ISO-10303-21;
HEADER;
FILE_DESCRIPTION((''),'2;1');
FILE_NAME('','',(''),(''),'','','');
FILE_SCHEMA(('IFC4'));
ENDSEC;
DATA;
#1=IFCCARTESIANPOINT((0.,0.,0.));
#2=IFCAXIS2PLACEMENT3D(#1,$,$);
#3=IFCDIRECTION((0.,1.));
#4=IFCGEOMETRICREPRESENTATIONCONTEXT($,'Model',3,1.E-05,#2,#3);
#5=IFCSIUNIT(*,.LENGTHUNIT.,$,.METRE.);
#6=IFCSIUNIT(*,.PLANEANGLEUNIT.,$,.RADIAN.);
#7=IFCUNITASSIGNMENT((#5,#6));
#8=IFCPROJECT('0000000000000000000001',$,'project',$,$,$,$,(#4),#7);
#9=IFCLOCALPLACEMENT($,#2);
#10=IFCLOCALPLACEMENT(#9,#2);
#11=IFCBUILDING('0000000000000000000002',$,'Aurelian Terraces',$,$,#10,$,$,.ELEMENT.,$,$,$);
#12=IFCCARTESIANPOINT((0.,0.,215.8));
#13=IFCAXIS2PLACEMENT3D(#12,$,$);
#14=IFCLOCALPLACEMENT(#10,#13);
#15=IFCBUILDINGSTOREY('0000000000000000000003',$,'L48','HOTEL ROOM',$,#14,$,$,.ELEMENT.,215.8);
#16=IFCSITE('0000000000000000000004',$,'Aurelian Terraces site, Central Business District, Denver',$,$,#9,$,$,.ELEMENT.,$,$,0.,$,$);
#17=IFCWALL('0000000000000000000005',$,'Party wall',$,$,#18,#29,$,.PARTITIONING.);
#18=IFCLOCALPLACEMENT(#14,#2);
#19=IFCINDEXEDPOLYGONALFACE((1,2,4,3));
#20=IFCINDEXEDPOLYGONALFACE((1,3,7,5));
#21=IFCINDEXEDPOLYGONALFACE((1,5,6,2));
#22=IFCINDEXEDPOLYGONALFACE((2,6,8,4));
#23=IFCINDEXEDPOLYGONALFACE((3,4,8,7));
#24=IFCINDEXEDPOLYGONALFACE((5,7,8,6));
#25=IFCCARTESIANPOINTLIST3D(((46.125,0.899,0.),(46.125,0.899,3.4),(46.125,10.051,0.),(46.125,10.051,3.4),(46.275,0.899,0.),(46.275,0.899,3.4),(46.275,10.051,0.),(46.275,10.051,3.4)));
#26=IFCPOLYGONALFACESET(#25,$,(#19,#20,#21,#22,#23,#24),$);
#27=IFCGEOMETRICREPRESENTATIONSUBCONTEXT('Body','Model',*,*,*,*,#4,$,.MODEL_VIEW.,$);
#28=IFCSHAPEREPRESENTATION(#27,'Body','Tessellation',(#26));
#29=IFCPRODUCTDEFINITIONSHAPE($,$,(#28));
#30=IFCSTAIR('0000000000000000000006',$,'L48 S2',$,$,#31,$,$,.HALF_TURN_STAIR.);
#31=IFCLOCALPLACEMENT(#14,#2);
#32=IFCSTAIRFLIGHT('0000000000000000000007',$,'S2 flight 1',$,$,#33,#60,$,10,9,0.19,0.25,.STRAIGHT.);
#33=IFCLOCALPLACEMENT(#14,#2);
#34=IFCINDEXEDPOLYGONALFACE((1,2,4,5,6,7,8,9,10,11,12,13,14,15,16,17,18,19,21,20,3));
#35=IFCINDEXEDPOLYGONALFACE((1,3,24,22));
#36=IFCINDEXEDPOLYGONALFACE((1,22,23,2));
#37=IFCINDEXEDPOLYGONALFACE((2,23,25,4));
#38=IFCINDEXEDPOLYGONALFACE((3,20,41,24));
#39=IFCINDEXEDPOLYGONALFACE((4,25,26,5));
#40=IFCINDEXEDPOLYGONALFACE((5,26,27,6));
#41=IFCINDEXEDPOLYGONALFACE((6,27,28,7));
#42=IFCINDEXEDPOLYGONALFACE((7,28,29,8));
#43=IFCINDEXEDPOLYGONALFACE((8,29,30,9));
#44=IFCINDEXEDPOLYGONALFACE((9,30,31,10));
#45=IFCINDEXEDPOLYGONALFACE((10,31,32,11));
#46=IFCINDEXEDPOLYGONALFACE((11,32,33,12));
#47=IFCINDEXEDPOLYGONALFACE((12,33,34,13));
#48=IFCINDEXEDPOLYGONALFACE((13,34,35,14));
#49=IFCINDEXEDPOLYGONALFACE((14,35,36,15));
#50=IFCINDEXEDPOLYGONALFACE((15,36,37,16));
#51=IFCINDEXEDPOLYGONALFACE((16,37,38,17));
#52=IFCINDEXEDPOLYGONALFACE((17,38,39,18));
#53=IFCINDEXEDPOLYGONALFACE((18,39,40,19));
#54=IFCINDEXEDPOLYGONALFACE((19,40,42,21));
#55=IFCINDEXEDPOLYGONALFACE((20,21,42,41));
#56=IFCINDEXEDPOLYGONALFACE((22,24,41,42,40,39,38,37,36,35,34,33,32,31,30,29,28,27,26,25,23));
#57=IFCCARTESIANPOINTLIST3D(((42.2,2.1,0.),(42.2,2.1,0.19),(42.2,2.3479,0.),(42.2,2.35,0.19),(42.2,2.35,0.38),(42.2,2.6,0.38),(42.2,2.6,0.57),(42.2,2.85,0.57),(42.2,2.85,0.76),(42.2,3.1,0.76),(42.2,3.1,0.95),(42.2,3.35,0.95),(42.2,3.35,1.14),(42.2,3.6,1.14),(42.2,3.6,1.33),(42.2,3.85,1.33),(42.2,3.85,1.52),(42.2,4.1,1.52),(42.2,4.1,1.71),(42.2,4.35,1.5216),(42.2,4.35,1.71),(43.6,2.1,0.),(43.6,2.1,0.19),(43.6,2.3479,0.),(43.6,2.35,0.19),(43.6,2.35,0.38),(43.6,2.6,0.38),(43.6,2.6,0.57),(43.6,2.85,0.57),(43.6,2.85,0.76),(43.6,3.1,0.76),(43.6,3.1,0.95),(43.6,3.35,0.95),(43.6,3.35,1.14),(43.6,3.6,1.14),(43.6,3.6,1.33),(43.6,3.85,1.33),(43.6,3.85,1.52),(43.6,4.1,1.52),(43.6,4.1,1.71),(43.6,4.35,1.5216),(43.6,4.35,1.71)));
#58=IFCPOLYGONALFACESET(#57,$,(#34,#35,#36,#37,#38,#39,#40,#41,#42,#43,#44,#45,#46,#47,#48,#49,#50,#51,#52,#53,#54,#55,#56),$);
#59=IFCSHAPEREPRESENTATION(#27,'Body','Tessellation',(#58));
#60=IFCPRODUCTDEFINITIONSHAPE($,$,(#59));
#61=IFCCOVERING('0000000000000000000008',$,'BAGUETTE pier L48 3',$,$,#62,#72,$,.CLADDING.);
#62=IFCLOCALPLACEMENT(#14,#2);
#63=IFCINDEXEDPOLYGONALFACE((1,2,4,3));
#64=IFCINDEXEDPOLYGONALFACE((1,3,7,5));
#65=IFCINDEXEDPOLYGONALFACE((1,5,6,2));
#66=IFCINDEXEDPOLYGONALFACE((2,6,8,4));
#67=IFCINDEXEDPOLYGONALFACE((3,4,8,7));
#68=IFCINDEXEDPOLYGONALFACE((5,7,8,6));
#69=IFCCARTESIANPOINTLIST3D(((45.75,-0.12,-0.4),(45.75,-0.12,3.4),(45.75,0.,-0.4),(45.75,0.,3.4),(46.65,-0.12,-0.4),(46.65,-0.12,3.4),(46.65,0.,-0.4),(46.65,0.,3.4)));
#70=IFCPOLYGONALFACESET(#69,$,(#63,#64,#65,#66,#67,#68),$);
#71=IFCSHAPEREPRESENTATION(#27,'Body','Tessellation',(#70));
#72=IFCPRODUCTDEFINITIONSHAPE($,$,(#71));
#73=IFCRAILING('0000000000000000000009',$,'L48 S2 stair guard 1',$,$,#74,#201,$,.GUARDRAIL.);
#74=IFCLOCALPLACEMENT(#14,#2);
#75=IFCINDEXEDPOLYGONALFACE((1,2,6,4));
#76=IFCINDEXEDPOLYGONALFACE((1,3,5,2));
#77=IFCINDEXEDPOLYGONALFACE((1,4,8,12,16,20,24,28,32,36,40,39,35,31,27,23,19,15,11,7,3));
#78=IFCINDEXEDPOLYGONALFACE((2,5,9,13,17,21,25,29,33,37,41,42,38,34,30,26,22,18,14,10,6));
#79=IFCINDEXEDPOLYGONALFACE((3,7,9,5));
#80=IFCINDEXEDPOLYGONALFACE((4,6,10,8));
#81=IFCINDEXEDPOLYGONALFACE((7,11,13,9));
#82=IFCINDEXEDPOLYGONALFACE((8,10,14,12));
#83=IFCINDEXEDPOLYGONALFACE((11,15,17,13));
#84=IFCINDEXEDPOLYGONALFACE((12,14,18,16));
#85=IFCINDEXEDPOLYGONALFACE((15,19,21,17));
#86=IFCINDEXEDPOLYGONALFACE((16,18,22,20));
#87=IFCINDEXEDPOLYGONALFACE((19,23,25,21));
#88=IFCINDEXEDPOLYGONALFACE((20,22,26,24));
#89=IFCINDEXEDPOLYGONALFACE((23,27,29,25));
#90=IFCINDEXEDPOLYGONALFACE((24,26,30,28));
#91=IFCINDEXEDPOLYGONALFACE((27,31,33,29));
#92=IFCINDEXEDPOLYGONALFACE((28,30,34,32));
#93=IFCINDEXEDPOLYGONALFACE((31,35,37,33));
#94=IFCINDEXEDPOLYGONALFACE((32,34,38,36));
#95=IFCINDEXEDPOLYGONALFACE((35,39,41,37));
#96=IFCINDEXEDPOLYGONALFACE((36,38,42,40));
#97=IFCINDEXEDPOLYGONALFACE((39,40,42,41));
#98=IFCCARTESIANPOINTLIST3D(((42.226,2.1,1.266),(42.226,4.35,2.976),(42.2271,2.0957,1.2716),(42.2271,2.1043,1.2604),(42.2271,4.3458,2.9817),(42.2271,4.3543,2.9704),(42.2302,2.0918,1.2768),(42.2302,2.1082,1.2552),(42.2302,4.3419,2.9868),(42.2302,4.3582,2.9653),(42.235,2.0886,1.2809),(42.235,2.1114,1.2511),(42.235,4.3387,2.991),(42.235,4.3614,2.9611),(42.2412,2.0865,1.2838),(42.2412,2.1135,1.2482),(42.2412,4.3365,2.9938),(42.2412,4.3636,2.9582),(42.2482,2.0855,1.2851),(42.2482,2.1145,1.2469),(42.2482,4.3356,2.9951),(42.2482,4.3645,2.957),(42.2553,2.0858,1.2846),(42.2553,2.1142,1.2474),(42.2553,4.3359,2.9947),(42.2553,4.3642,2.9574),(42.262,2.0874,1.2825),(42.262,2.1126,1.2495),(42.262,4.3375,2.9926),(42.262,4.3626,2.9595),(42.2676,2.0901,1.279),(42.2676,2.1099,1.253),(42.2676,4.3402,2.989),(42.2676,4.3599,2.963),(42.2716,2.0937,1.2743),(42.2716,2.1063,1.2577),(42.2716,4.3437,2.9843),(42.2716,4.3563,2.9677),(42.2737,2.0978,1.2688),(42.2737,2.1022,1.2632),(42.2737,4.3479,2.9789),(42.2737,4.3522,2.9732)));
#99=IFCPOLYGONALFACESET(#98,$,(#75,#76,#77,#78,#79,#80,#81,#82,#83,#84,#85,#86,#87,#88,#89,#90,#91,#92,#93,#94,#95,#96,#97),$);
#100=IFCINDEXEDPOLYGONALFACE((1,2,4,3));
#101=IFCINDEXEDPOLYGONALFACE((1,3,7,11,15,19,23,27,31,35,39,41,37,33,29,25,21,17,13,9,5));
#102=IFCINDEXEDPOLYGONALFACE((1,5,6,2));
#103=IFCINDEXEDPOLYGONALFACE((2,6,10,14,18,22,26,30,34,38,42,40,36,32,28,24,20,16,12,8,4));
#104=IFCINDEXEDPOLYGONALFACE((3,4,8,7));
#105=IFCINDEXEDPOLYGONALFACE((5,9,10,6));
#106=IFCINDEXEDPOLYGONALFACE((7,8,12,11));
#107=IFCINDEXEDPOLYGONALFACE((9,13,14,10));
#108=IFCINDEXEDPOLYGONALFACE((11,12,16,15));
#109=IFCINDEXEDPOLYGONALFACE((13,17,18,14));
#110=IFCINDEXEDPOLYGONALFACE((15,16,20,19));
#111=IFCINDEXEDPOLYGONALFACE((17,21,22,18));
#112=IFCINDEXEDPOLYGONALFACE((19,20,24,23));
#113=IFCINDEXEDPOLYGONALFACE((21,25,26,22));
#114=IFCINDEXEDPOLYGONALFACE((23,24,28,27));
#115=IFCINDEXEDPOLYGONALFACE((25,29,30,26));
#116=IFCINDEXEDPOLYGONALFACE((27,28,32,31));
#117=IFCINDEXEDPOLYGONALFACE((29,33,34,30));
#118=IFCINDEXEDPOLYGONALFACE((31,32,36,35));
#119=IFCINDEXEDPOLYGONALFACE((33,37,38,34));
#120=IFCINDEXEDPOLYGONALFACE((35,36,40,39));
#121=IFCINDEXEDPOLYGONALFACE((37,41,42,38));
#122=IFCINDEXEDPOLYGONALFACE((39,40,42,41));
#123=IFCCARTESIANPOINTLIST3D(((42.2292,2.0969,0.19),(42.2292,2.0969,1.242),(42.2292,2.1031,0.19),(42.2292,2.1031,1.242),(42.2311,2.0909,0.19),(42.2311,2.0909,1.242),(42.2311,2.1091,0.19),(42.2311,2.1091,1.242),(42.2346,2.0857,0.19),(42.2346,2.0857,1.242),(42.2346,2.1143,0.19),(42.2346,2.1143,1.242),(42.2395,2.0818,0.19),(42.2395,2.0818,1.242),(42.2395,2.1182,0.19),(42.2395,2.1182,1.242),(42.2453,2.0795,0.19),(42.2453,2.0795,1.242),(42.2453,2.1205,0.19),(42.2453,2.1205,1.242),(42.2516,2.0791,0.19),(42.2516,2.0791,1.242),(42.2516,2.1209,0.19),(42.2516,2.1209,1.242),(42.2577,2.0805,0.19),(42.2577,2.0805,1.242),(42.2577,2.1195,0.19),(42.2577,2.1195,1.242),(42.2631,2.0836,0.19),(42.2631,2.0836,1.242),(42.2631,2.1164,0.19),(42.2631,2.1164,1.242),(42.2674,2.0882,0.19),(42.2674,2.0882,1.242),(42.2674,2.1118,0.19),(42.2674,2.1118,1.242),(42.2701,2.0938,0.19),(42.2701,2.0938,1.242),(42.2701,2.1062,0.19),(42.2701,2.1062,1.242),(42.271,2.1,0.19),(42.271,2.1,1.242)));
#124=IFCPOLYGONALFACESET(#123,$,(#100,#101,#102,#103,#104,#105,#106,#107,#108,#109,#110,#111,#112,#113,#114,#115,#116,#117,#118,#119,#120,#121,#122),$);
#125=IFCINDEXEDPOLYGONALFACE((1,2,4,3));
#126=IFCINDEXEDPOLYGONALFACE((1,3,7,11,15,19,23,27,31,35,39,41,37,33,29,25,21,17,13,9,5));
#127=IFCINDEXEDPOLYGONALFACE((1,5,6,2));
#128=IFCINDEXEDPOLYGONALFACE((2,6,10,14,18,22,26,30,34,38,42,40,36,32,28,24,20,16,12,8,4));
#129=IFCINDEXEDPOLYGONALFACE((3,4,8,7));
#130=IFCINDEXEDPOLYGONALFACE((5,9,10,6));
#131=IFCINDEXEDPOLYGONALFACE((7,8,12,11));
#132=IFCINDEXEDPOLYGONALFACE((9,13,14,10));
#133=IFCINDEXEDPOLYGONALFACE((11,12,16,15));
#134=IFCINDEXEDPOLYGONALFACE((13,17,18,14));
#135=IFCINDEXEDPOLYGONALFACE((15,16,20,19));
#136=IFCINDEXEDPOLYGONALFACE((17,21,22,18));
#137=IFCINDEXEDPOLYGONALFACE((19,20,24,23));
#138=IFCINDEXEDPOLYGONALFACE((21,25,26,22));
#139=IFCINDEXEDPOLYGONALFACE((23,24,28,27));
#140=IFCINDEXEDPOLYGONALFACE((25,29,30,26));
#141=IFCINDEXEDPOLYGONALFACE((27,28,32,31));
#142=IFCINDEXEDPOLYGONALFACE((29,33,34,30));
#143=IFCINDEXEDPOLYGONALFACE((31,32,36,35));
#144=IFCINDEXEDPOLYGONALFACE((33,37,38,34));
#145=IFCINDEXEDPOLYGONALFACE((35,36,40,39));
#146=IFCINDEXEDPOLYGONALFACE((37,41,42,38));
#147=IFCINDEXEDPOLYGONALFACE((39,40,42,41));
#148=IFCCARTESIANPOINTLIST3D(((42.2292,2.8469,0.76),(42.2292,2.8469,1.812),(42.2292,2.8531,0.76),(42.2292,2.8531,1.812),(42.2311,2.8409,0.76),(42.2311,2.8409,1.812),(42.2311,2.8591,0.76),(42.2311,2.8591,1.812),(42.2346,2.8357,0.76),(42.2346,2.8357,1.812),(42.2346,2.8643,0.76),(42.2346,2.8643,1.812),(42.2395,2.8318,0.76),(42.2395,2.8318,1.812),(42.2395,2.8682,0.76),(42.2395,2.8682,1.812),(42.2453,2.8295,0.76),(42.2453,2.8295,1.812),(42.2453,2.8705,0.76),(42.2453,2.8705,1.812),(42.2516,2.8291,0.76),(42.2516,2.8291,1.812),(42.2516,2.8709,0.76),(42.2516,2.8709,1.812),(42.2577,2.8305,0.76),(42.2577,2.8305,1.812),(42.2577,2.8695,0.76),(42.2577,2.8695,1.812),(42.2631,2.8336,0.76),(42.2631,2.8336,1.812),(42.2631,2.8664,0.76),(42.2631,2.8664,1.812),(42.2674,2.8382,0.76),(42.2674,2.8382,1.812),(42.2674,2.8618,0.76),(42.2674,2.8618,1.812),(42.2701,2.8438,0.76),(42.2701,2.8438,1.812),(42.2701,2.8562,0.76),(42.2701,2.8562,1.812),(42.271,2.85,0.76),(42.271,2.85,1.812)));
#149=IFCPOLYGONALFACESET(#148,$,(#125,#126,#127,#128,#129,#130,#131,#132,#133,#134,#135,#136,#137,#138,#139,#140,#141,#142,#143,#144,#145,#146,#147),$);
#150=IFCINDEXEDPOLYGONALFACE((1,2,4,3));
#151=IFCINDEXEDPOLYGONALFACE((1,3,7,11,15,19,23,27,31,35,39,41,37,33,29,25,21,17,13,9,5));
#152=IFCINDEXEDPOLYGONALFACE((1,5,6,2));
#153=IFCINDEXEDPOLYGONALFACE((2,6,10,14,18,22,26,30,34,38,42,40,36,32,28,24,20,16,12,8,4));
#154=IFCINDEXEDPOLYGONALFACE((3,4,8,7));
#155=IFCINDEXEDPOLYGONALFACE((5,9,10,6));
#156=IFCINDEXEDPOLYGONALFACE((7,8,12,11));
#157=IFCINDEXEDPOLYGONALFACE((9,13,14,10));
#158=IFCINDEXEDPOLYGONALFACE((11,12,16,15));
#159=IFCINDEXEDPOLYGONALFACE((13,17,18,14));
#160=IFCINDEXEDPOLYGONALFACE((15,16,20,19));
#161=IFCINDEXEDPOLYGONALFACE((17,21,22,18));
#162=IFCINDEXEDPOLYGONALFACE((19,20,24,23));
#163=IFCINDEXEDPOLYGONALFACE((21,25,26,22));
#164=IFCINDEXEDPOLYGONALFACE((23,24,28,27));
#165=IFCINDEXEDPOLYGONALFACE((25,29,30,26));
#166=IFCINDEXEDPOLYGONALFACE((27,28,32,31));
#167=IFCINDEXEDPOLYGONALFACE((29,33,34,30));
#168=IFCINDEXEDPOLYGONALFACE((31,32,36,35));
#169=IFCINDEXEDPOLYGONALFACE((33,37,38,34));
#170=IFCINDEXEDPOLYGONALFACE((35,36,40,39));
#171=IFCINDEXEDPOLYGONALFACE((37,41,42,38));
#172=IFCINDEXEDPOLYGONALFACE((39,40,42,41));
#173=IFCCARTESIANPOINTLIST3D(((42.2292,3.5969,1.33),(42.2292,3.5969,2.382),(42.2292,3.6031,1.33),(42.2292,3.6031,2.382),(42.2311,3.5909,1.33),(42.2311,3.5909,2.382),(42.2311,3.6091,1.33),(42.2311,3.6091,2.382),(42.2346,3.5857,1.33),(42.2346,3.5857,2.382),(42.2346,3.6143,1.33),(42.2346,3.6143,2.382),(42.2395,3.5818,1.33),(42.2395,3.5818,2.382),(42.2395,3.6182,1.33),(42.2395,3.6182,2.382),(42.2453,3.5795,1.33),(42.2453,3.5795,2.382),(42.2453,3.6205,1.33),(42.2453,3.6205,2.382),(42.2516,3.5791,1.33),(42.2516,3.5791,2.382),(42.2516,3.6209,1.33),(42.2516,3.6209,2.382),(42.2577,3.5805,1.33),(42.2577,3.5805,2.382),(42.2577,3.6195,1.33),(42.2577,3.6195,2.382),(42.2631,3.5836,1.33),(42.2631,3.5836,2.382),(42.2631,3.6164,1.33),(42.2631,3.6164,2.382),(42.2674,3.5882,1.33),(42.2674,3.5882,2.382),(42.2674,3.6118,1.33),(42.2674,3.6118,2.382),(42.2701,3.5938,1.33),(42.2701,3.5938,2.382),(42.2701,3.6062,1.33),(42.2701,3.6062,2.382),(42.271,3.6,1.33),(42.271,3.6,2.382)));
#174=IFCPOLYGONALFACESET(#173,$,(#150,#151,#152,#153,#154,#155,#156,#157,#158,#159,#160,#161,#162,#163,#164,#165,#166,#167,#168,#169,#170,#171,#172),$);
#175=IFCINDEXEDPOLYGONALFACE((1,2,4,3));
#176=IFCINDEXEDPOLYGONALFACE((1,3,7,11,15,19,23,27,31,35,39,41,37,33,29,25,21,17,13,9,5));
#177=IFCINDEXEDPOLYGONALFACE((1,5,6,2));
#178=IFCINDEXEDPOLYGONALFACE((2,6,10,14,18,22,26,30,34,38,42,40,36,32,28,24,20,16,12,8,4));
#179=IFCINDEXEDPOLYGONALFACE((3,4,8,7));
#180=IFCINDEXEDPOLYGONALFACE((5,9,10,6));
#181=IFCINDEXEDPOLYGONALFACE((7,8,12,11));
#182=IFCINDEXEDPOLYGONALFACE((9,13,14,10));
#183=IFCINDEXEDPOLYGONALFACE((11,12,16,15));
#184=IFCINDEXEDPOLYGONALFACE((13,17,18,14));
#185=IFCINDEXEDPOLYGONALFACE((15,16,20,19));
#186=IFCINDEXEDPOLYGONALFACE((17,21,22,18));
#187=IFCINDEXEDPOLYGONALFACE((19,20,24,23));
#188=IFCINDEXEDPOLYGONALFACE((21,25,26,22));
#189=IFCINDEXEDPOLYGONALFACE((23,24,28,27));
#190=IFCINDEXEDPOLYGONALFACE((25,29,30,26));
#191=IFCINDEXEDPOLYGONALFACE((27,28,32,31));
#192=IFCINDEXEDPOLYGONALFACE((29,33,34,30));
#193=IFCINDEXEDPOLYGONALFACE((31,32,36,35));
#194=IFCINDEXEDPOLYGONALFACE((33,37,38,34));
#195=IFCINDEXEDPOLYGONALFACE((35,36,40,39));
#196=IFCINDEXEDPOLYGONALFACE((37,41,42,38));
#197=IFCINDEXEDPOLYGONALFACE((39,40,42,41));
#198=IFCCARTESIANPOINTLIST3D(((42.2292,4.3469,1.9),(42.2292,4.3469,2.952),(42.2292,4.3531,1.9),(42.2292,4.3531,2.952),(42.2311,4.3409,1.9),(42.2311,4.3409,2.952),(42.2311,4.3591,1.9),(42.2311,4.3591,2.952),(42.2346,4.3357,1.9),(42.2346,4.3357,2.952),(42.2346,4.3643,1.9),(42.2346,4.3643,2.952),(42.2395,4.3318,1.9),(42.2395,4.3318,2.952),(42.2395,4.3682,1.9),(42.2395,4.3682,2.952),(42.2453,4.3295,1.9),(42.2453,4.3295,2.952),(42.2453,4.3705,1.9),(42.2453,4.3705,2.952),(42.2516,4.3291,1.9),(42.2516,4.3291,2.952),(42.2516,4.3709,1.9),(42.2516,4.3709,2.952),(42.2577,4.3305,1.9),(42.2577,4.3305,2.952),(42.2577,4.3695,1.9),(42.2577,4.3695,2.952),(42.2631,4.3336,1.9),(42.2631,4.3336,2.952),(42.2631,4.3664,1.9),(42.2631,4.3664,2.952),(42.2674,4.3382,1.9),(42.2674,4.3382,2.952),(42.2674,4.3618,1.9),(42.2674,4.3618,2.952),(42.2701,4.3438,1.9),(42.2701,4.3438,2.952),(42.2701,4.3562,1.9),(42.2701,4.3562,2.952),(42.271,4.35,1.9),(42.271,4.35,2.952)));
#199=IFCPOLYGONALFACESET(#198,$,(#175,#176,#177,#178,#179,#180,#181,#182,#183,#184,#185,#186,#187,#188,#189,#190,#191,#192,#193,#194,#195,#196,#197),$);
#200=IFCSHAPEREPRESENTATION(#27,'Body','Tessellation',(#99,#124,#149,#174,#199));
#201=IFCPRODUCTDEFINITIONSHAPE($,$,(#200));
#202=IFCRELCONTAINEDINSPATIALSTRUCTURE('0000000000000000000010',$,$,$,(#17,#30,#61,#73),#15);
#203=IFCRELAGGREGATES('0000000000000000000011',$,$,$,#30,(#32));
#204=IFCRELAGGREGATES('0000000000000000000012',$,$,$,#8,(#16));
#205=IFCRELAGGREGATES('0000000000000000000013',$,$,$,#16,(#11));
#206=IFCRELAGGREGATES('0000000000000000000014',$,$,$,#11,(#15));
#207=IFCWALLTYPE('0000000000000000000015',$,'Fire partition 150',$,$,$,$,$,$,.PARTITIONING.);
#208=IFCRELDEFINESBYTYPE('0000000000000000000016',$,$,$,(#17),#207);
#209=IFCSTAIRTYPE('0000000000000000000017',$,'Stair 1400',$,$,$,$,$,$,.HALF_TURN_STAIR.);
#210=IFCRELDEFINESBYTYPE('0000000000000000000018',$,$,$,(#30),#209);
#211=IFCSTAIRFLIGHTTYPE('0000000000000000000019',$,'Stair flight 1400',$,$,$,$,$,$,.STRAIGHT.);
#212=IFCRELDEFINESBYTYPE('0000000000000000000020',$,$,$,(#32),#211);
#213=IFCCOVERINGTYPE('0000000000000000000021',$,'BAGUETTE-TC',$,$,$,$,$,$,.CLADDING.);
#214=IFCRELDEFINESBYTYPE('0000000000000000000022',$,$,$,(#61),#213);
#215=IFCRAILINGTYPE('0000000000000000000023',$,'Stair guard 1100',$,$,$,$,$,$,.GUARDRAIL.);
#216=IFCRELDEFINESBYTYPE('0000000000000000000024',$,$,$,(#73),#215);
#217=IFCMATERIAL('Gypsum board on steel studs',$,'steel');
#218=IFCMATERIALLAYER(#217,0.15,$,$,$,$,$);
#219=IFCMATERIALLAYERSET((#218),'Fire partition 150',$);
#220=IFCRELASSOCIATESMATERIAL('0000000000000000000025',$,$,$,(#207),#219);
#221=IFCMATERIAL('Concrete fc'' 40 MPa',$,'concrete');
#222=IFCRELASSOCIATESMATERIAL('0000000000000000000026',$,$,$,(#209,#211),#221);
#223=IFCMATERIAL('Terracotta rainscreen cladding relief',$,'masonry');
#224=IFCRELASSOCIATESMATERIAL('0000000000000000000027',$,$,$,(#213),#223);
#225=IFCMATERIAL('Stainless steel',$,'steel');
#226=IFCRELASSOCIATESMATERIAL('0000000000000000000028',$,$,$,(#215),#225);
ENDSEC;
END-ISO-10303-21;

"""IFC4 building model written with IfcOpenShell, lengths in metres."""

from ifc_helpers import new_model, si_unit, direction, frame, frame_2d, origin, origin_2d, place, context, subcontext, project, spatial, polyline, rectangle, circle, outline, extrude, source, transform, mapped, material, layer, layer_set, type_object, element, aggregate, save


model = new_model("IFC4")

# Units and contexts
model_context = context("Model", 3, precision=1e-05, world=origin(), true_north=direction((0.0, 1.0)))
body_context = subcontext(model_context, "Body", "Model", "MODEL_VIEW")
ifc_project = project(units=[si_unit("LENGTHUNIT", "METRE"), si_unit("PLANEANGLEUNIT", "RADIAN")], contexts=[model_context])

# Site, building, storey
site_placement = place(None, origin())
site = spatial("IfcSite", under=ifc_project, at=site_placement, Name="Aurelian Terraces site, Central Business District, Denver", CompositionType="ELEMENT", RefElevation=0.0)
building_placement = place(site_placement, origin())
building = spatial("IfcBuilding", under=site, at=building_placement, Name="Aurelian Terraces", CompositionType="ELEMENT")
storey_placement = place(building_placement, frame((0.0, 0.0, 215.8)))
storey = spatial("IfcBuildingStorey", under=building, at=storey_placement, Name="L48", Description="HOTEL ROOM", CompositionType="ELEMENT", Elevation=215.8)

# Shared definitions
ifc_material_1 = material(Name="Concrete fc' 40 MPa", Category="concrete")

# Wall
ifc_material_2 = material(Name="Gypsum board on steel studs", Category="steel")
ifc_layer_1 = layer(ifc_material_2, 0.15)
ifc_layer_set_1 = layer_set([ifc_layer_1], Name="Fire partition 150")
wall_type_1 = type_object("IfcWallType", Name="Fire partition 150", PredefinedType="PARTITIONING", material=ifc_layer_set_1)
shared_shape_1 = source(origin(), body_context, "Body", "SweptSolid", [
    extrude(rectangle(XDim=9.152, YDim=0.15, at=frame_2d((4.576, 0.0))), origin(), (0.0, 0.0, 1.0), 3.4),
])
wall_1_placement = place(storey_placement, frame((46.2, 0.899, 0.0), z_axis=(0.0, 0.0, 1.0), x_axis=(0.0, 1.0, 0.0)))
element("IfcWall", 1, at=wall_1_placement, inside=storey, type_object=wall_type_1, Name="Party wall", PredefinedType="PARTITIONING", context=body_context, shape_type="MappedRepresentation", body=[
    mapped(shared_shape_1, transform((0.0, 0.0, 0.0), scale=1.0)),
])

# Stair, stair flight
stair_type = type_object("IfcStairType", Name="Stair 1400", PredefinedType="HALF_TURN_STAIR", material=ifc_material_1)
stair_placement = place(storey_placement, origin())
stair = element("IfcStair", 2, at=stair_placement, inside=storey, type_object=stair_type, Name="L48 S2", PredefinedType="HALF_TURN_STAIR")
stair_flight_type = type_object("IfcStairFlightType", Name="Stair flight 1400", PredefinedType="STRAIGHT", material=ifc_material_1)
shared_shape_2 = source(origin(), body_context, "Body", "SweptSolid", [
    extrude(outline(polyline([(0.0, 0.0), (0.0, 0.19), (0.25, 0.19), (0.25, 0.38), (0.5, 0.38), (0.5, 0.57), (0.75, 0.57), (0.75, 0.76), (1.0, 0.76), (1.0, 0.95), (1.25, 0.95), (1.25, 1.14), (1.5, 1.14), (1.5, 1.33), (1.75, 1.33), (1.75, 1.52), (2.0, 1.52), (2.0, 1.71), (2.25, 1.71), (2.25, 1.9), (2.25, 1.5216), (0.2479, 0.0), (0.0, 0.0)])), frame((0.0, 0.7, 0.0), z_axis=(0.0, -1.0, 0.0), x_axis=(1.0, 0.0, 0.0)), (0.0, 0.0, 1.0), 1.4),
])
stair_flight_placement = place(storey_placement, frame((42.9, 2.1, 0.0), z_axis=(0.0, 0.0, 1.0), x_axis=(0.0, 1.0, 0.0)))
stair_flight = element("IfcStairFlight", 3, at=stair_flight_placement, type_object=stair_flight_type, Name="S2 flight 1", NumberOfRisers=10, NumberOfTreads=9, PredefinedType="STRAIGHT", RiserHeight=0.19, TreadLength=0.25, context=body_context, shape_type="MappedRepresentation", body=[
    mapped(shared_shape_2, transform((0.0, 0.0, 0.0), scale=1.0)),
])
aggregate(stair, [stair_flight])

# Covering
ifc_material_3 = material(Name="Terracotta rainscreen cladding relief", Category="masonry")
covering_type = type_object("IfcCoveringType", Name="BAGUETTE-TC", PredefinedType="CLADDING", material=ifc_material_3)
shared_shape_3 = source(origin(), body_context, "Body", "SweptSolid", [
    extrude(rectangle(XDim=0.9, YDim=0.12, at=origin_2d()), origin(), (0.0, 0.0, 1.0), 3.8),
])
covering_placement = place(storey_placement, frame((46.2, -0.06, -0.4), z_axis=(0.0, 0.0, 1.0), x_axis=(1.0, 0.0, 0.0)))
element("IfcCovering", 4, at=covering_placement, inside=storey, type_object=covering_type, Name="BAGUETTE pier L48 3", PredefinedType="CLADDING", context=body_context, shape_type="MappedRepresentation", body=[
    mapped(shared_shape_3, transform((0.0, 0.0, 0.0), scale=1.0)),
])

# Railing
ifc_material_4 = material(Name="Stainless steel", Category="steel")
railing_type_1 = type_object("IfcRailingType", Name="Stair guard 1100", PredefinedType="GUARDRAIL", material=ifc_material_4)
shared_shape_4 = source(origin(), body_context, "Body", "SweptSolid", [
    extrude(circle(Radius=0.024, at=origin_2d()), frame((0.0, 0.0, 1.076), z_axis=(0.0, 0.796162, 0.605083), x_axis=(-1.0, 0.0, 0.0)), (0.0, 0.0, 1.0), 2.8261),
    extrude(circle(Radius=0.021, at=origin_2d()), origin(), (0.0, 0.0, 1.0), 1.052),
    extrude(circle(Radius=0.021, at=origin_2d()), frame((0.0, 0.75, 0.57)), (0.0, 0.0, 1.0), 1.052),
    extrude(circle(Radius=0.021, at=origin_2d()), frame((0.0, 1.5, 1.14)), (0.0, 0.0, 1.0), 1.052),
    extrude(circle(Radius=0.021, at=origin_2d()), frame((0.0, 2.25, 1.71)), (0.0, 0.0, 1.0), 1.052),
])
railing_1_placement = place(storey_placement, frame((42.25, 2.1, 0.19)))
element("IfcRailing", 5, at=railing_1_placement, inside=storey, type_object=railing_type_1, Name="L48 S2 stair guard 1", PredefinedType="GUARDRAIL", context=body_context, shape_type="MappedRepresentation", body=[
    mapped(shared_shape_4, transform((0.0, 0.0, 0.0), scale=1.0)),
])

save(model, "model.ifc")
